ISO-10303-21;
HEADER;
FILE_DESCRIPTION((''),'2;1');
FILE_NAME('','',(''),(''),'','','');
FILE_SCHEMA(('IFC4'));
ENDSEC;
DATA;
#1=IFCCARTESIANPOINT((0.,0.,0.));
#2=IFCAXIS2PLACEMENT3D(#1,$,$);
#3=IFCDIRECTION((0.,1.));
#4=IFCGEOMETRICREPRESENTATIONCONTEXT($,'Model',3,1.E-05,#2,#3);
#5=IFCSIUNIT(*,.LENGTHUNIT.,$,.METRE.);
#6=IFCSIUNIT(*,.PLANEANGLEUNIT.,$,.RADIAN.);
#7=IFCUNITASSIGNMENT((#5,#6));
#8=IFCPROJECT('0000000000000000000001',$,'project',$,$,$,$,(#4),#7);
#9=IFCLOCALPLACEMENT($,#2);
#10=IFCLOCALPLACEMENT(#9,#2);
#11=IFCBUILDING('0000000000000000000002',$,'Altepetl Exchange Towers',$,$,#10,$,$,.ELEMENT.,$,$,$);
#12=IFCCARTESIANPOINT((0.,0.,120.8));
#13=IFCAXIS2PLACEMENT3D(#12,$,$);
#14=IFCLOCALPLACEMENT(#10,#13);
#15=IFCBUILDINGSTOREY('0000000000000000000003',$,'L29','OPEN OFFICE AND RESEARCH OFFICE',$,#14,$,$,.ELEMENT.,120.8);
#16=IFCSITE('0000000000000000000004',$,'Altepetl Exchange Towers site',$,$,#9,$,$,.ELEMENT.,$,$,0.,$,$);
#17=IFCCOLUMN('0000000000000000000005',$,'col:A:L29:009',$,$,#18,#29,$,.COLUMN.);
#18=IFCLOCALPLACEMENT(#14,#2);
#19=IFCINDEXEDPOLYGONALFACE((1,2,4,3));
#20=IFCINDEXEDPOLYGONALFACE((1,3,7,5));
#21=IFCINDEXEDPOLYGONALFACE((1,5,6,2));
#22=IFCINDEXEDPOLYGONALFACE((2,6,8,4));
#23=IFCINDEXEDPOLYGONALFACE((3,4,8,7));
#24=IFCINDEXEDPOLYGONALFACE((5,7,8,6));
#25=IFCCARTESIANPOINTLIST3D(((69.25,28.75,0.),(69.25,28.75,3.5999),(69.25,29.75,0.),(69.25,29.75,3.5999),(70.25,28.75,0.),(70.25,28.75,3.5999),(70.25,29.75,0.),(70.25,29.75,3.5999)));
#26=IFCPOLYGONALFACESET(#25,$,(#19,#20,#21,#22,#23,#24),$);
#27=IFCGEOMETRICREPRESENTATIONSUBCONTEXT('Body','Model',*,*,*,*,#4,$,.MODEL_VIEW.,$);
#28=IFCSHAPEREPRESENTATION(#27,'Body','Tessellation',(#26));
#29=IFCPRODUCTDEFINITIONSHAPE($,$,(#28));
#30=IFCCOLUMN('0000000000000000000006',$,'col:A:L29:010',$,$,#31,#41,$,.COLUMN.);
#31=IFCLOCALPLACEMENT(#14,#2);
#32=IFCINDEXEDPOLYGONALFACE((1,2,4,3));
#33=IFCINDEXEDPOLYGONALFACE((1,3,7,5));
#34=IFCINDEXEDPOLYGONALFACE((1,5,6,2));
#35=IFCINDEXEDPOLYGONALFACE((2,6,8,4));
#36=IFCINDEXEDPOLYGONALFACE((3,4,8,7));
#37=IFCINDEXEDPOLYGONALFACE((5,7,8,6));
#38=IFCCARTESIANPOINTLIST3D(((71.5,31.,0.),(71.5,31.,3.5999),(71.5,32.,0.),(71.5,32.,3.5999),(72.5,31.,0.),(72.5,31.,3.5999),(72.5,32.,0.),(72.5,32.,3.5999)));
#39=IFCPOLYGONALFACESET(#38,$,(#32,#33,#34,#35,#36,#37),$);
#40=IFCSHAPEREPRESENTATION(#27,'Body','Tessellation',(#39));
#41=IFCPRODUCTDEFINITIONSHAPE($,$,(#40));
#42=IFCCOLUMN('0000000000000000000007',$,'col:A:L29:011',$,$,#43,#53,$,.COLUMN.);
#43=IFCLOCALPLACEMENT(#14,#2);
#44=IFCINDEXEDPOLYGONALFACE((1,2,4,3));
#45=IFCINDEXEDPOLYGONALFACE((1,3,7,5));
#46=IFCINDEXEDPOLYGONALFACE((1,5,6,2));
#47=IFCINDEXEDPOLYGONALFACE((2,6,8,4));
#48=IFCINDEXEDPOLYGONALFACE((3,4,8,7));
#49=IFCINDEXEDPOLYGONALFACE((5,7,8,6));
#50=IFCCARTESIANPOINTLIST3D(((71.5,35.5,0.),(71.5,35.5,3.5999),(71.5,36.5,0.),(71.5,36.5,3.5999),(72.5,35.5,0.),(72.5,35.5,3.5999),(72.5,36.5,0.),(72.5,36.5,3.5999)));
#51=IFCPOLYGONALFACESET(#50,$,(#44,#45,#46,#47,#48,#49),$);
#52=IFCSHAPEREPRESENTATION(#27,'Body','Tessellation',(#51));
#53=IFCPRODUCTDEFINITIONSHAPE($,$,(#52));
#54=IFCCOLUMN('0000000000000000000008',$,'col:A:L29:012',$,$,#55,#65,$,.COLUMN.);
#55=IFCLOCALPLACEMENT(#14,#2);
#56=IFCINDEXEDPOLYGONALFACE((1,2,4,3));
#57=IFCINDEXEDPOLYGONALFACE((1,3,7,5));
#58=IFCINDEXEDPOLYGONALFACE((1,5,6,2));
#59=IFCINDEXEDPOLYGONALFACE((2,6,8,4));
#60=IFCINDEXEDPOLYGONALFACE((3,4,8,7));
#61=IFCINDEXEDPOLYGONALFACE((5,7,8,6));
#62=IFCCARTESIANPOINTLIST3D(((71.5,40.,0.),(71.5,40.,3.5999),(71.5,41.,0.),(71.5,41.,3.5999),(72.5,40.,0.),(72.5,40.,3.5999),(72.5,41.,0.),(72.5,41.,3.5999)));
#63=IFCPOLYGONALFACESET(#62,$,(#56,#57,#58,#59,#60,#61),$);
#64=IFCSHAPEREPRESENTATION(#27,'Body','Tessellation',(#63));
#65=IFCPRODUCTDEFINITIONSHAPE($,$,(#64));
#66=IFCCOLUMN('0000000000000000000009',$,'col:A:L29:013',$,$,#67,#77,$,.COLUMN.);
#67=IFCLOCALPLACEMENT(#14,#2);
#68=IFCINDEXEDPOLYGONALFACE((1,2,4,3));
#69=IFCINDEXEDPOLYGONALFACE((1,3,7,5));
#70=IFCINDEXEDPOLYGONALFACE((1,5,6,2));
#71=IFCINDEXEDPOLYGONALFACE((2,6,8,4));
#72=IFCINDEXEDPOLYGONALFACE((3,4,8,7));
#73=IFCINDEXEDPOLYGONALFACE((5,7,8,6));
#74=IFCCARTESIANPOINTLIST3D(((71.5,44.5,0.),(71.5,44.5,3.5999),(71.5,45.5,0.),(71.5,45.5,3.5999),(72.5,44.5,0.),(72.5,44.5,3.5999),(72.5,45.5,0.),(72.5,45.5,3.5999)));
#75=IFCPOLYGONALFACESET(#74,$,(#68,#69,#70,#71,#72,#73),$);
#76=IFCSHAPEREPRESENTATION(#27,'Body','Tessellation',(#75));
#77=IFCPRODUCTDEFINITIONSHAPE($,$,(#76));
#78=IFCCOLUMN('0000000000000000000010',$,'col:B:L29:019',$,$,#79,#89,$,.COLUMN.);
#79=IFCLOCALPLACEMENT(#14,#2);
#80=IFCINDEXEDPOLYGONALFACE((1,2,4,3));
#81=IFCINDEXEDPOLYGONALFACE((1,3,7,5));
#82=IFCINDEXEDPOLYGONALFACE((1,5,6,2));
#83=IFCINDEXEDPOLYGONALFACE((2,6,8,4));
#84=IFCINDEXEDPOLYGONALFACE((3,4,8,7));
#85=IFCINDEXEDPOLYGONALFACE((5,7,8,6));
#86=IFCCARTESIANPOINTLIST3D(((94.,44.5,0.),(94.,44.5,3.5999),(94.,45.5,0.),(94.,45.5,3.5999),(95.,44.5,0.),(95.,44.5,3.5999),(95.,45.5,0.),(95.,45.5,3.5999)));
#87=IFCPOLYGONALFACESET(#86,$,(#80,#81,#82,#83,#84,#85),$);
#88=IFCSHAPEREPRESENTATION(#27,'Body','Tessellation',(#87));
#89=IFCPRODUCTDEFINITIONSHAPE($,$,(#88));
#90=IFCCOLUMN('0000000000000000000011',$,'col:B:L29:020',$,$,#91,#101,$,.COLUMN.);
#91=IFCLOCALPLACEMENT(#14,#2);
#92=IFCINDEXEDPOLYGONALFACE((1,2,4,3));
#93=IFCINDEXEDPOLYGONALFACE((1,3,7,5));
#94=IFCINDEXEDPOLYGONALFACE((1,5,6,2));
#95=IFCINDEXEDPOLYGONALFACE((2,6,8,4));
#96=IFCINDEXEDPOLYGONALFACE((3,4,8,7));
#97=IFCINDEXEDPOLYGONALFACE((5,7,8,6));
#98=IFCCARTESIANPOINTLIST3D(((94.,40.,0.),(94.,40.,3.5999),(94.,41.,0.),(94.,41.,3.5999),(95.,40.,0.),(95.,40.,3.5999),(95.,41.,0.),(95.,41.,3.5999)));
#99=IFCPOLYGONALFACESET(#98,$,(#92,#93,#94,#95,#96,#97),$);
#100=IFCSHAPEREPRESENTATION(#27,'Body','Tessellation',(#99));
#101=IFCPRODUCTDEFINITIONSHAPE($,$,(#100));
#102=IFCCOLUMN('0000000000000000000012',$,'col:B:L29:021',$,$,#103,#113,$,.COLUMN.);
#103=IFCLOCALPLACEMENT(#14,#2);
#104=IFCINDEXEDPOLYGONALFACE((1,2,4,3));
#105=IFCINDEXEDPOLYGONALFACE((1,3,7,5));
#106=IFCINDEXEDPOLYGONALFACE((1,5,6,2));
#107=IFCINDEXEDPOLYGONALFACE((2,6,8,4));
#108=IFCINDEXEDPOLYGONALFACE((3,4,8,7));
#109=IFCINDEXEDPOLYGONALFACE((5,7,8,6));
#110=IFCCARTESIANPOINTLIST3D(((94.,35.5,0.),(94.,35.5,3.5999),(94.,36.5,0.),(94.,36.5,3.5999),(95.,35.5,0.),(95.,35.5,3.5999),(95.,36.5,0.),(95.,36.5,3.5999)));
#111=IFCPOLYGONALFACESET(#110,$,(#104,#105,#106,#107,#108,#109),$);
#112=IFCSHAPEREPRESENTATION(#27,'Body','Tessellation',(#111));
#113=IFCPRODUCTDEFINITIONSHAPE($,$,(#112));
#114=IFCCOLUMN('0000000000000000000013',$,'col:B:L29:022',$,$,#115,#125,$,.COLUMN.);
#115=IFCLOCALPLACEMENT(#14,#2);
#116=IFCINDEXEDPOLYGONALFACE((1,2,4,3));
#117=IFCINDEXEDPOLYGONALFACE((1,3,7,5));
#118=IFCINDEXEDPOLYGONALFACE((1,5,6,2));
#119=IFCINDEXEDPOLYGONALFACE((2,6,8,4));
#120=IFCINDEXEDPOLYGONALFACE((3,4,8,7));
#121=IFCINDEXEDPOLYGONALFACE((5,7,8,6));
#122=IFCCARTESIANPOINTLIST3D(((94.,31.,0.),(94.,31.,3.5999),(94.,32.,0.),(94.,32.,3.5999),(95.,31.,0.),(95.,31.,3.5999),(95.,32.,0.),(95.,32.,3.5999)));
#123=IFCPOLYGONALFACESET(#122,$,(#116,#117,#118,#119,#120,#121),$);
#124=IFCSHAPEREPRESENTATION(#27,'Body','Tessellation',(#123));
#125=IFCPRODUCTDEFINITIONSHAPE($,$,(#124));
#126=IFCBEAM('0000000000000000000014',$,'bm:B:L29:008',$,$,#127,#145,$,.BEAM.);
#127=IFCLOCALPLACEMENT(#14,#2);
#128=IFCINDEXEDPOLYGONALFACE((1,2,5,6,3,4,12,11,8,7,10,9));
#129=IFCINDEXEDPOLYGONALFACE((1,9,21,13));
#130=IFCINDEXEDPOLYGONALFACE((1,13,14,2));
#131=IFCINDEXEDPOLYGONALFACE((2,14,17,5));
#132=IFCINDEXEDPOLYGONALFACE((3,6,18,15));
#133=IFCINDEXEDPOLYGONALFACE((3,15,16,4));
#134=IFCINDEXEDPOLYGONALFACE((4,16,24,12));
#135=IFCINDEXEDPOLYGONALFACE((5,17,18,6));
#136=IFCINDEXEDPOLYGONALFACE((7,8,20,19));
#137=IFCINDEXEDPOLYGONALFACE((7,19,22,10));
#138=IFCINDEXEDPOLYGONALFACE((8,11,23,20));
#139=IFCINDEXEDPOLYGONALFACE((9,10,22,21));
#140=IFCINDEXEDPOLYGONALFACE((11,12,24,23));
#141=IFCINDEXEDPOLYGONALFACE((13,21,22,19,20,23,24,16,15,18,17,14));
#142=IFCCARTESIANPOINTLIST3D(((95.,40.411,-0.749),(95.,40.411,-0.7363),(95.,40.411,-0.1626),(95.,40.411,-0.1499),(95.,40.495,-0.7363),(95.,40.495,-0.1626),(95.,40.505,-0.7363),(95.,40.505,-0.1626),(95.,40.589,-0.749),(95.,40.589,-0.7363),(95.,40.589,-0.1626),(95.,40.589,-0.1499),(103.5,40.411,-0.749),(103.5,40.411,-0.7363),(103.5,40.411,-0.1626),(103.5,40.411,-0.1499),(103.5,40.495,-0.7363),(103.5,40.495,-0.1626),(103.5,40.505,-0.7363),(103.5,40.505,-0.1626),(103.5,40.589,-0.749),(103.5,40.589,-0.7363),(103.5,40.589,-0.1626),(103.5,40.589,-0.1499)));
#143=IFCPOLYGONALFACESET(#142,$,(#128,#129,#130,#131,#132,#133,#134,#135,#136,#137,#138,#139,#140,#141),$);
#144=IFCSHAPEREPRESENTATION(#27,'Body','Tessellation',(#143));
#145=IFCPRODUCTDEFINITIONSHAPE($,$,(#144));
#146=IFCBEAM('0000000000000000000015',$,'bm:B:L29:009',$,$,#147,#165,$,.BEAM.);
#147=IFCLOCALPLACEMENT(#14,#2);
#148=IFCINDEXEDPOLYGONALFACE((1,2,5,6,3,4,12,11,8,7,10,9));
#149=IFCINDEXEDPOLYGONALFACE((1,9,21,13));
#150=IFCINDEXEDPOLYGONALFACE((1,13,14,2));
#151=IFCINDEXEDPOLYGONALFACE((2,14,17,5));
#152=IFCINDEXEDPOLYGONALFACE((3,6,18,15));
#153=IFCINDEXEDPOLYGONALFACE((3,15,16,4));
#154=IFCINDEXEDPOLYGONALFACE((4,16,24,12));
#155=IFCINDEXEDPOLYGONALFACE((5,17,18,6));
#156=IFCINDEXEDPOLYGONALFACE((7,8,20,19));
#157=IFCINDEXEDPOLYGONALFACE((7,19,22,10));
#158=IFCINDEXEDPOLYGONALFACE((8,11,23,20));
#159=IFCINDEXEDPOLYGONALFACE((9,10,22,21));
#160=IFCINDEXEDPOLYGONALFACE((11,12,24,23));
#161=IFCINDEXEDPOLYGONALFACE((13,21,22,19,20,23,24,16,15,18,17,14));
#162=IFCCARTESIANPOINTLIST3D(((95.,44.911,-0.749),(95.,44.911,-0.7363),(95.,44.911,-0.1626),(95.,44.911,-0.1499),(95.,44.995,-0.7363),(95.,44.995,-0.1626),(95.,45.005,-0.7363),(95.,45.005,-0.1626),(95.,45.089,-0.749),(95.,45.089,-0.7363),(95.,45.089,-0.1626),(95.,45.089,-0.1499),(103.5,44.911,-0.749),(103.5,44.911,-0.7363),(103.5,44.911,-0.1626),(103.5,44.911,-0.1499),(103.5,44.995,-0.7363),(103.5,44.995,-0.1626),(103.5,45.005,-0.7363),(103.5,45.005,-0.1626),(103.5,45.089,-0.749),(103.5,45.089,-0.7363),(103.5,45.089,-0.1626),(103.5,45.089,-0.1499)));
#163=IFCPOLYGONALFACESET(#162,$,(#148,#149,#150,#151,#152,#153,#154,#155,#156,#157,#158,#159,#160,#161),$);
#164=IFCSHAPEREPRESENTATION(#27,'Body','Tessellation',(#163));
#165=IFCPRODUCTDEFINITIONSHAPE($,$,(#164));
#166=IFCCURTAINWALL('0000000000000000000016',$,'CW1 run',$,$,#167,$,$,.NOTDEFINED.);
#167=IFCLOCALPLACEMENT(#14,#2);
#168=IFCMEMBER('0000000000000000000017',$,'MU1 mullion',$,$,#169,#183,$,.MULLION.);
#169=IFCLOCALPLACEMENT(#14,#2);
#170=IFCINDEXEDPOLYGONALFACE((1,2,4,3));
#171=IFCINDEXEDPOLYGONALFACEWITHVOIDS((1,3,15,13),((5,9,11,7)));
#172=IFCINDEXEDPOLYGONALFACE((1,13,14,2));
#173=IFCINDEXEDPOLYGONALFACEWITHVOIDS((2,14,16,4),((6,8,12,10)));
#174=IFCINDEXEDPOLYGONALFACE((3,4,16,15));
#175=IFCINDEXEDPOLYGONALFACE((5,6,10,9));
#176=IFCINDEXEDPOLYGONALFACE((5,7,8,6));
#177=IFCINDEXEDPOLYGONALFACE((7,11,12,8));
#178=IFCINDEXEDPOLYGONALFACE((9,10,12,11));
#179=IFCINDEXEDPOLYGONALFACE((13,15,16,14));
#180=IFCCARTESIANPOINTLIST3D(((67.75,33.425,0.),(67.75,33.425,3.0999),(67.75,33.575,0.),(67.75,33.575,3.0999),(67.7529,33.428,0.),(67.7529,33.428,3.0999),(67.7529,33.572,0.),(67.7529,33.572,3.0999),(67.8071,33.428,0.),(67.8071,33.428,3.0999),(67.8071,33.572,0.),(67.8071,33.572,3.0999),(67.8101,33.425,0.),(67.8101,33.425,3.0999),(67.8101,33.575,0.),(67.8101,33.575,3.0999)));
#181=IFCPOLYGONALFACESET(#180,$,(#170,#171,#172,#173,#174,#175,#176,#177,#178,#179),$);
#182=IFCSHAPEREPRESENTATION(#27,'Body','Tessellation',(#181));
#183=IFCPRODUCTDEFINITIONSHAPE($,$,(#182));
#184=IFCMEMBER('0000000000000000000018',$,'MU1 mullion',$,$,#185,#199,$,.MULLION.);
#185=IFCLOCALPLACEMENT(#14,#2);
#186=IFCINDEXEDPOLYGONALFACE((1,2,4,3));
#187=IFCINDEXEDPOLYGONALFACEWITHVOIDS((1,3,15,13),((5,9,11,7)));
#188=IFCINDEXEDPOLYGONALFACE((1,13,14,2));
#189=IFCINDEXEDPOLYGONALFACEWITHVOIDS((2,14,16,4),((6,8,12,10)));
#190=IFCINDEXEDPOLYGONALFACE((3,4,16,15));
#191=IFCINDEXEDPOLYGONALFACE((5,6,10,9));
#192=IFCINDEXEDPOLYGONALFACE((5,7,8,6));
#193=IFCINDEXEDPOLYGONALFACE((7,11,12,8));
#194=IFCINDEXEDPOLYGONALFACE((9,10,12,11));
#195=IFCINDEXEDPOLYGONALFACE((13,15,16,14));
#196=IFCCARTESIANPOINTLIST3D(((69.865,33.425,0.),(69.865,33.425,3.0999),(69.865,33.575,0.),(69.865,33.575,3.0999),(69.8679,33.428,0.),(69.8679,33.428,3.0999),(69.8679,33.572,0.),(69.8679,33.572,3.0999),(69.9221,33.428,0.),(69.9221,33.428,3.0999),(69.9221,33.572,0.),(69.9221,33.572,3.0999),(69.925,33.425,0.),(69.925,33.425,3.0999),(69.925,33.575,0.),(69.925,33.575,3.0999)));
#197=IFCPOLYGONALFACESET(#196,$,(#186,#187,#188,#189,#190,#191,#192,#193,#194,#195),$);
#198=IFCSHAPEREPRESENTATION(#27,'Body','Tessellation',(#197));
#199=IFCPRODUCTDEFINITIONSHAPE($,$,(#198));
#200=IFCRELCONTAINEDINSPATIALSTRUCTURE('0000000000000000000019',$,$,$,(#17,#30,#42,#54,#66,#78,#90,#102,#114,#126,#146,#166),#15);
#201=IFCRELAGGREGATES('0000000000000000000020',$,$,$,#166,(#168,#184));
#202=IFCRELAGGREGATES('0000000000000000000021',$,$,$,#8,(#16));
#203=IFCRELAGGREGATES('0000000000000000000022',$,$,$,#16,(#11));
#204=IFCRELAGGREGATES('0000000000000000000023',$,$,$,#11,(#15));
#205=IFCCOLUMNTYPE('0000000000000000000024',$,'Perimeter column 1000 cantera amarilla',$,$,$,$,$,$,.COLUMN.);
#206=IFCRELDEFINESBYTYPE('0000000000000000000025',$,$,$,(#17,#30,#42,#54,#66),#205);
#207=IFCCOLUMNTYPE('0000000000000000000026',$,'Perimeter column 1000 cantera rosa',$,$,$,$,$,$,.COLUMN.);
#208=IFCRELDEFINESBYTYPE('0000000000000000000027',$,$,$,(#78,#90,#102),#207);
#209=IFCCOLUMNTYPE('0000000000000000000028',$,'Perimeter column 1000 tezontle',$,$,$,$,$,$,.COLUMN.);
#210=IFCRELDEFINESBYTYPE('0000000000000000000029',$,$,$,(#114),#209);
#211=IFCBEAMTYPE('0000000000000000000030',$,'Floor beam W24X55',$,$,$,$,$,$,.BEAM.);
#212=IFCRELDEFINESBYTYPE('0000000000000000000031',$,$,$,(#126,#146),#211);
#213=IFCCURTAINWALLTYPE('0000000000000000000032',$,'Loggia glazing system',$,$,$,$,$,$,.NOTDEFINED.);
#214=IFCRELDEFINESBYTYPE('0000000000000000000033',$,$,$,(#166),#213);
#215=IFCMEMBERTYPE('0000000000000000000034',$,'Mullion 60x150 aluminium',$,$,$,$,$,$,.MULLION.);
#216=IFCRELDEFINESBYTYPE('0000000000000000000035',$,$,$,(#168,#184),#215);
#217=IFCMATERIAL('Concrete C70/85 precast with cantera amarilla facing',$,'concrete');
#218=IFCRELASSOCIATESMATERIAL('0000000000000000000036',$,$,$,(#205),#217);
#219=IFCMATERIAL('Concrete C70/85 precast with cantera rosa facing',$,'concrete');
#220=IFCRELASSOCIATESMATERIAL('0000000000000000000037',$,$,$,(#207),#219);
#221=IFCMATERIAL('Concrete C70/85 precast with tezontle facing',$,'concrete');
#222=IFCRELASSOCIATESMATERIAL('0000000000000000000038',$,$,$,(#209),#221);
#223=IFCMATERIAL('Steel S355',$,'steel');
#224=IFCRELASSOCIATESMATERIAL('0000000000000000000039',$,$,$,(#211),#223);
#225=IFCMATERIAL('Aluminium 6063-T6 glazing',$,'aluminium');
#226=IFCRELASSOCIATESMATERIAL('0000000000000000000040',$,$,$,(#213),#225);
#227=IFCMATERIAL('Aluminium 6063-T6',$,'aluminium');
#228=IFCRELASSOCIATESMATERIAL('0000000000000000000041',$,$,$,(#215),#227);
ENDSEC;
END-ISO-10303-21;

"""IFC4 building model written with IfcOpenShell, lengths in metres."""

from ifc_helpers import new_model, si_unit, direction, frame, origin, origin_2d, place, context, subcontext, project, spatial, rectangle, hollow_rectangle, i_section, extrude, material, material_profile, profile_set, type_object, element, aggregate, save


model = new_model("IFC4")

# Units and contexts
model_context = context("Model", 3, precision=1e-05, world=origin(), true_north=direction((0.0, 1.0)))
body_context = subcontext(model_context, "Body", "Model", "MODEL_VIEW")
ifc_project = project(units=[si_unit("LENGTHUNIT", "METRE"), si_unit("PLANEANGLEUNIT", "RADIAN")], contexts=[model_context])

# Site, building, storey
site_placement = place(None, origin())
site = spatial("IfcSite", under=ifc_project, at=site_placement, Name="Altepetl Exchange Towers site", CompositionType="ELEMENT", RefElevation=0.0)
building_placement = place(site_placement, origin())
building = spatial("IfcBuilding", under=site, at=building_placement, Name="Altepetl Exchange Towers", CompositionType="ELEMENT")
storey_placement = place(building_placement, frame((0.0, 0.0, 120.8)))
storey = spatial("IfcBuildingStorey", under=building, at=storey_placement, Name="L29", Description="OPEN OFFICE AND RESEARCH OFFICE", CompositionType="ELEMENT", Elevation=120.8)

# Columns
ifc_material_1 = material(Name="Concrete C70/85 precast with cantera amarilla facing", Category="concrete")
ifc_material_profile_1 = material_profile(ifc_material_1, rectangle(XDim=1.0, YDim=1.0, at=origin_2d()), Name="1000 x 1000")
ifc_profile_set_1 = profile_set([ifc_material_profile_1], Name="Concrete C70/85 precast with cantera amarilla facing")
column_type_1 = type_object("IfcColumnType", Name="Perimeter column 1000 cantera amarilla", PredefinedType="COLUMN", material=ifc_profile_set_1)
for number, where, name in (
    (1, (69.75, 29.25, 0.0), "col:A:L29:009"),
    (2, (72.0, 31.5, 0.0), "col:A:L29:010"),
    (3, (72.0, 36.0, 0.0), "col:A:L29:011"),
    (4, (72.0, 40.5, 0.0), "col:A:L29:012"),
    (5, (72.0, 45.0, 0.0), "col:A:L29:013"),
):
    element("IfcColumn", number, at=place(storey_placement, frame(where)), inside=storey, type_object=column_type_1, Name=name, PredefinedType="COLUMN", context=body_context, shape_type="SweptSolid", body=[
        extrude(rectangle(XDim=1.0, YDim=1.0, at=origin_2d()), origin(), (0.0, 0.0, 1.0), 3.5999),
    ])
ifc_material_2 = material(Name="Concrete C70/85 precast with cantera rosa facing", Category="concrete")
ifc_material_profile_2 = material_profile(ifc_material_2, rectangle(XDim=1.0, YDim=1.0, at=origin_2d()), Name="1000 x 1000")
ifc_profile_set_2 = profile_set([ifc_material_profile_2], Name="Concrete C70/85 precast with cantera rosa facing")
column_type_2 = type_object("IfcColumnType", Name="Perimeter column 1000 cantera rosa", PredefinedType="COLUMN", material=ifc_profile_set_2)
for number, where, name in (
    (6, (94.5, 45.0, 0.0), "col:B:L29:019"),
    (7, (94.5, 40.5, 0.0), "col:B:L29:020"),
    (8, (94.5, 36.0, 0.0), "col:B:L29:021"),
):
    element("IfcColumn", number, at=place(storey_placement, frame(where)), inside=storey, type_object=column_type_2, Name=name, PredefinedType="COLUMN", context=body_context, shape_type="SweptSolid", body=[
        extrude(rectangle(XDim=1.0, YDim=1.0, at=origin_2d()), origin(), (0.0, 0.0, 1.0), 3.5999),
    ])
ifc_material_3 = material(Name="Concrete C70/85 precast with tezontle facing", Category="concrete")
ifc_material_profile_3 = material_profile(ifc_material_3, rectangle(XDim=1.0, YDim=1.0, at=origin_2d()), Name="1000 x 1000")
ifc_profile_set_3 = profile_set([ifc_material_profile_3], Name="Concrete C70/85 precast with tezontle facing")
column_type_3 = type_object("IfcColumnType", Name="Perimeter column 1000 tezontle", PredefinedType="COLUMN", material=ifc_profile_set_3)
column_placement = place(storey_placement, frame((94.5, 31.5, 0.0)))
element("IfcColumn", 9, at=column_placement, inside=storey, type_object=column_type_3, Name="col:B:L29:022", PredefinedType="COLUMN", context=body_context, shape_type="SweptSolid", body=[
    extrude(rectangle(XDim=1.0, YDim=1.0, at=origin_2d()), origin(), (0.0, 0.0, 1.0), 3.5999),
])

# Beams
ifc_material_4 = material(Name="Steel S355", Category="steel")
ifc_material_profile_4 = material_profile(ifc_material_4, i_section(OverallWidth=0.178, OverallDepth=0.5991, WebThickness=0.01, FlangeThickness=0.0127, at=origin_2d()), Name="W24X55")
ifc_profile_set_4 = profile_set([ifc_material_profile_4], Name="Steel S355")
beam_type_1 = type_object("IfcBeamType", Name="Floor beam W24X55", PredefinedType="BEAM", material=ifc_profile_set_4)
for number, where, z_axis, x_axis, name in (
    (10, (95.0, 40.5, -0.4495), (1.0, 0.0, 0.0), (0.0, 1.0, 0.0), "bm:B:L29:008"),
    (11, (95.0, 45.0, -0.4495), (1.0, 0.0, 0.0), (0.0, 1.0, 0.0), "bm:B:L29:009"),
):
    element("IfcBeam", number, at=place(storey_placement, frame(where, z_axis=z_axis, x_axis=x_axis)), inside=storey, type_object=beam_type_1, Name=name, PredefinedType="BEAM", context=body_context, shape_type="SweptSolid", body=[
        extrude(i_section(OverallWidth=0.178, OverallDepth=0.5991, WebThickness=0.01, FlangeThickness=0.0127, at=origin_2d()), origin(), (0.0, 0.0, 1.0), 8.5),
    ])

# Curtain wall, members
ifc_material_5 = material(Name="Aluminium 6063-T6 glazing", Category="aluminium")
curtain_wall_type = type_object("IfcCurtainWallType", Name="Loggia glazing system", PredefinedType="NOTDEFINED", material=ifc_material_5)
curtain_wall_1_placement = place(storey_placement, origin())
curtain_wall_1 = element("IfcCurtainWall", 12, at=curtain_wall_1_placement, inside=storey, type_object=curtain_wall_type, Name="CW1 run", PredefinedType="NOTDEFINED")
ifc_material_6 = material(Name="Aluminium 6063-T6", Category="aluminium")
ifc_material_profile_5 = material_profile(ifc_material_6, hollow_rectangle(XDim=0.0601, YDim=0.1499, WallThickness=0.0029, at=origin_2d()), Name="Mullion 60x150 aluminium")
ifc_profile_set_5 = profile_set([ifc_material_profile_5], Name="Aluminium 6063-T6")
member_type = type_object("IfcMemberType", Name="Mullion 60x150 aluminium", PredefinedType="MULLION", material=ifc_profile_set_5)
member_1_placement = place(storey_placement, frame((67.78, 33.5, 0.0)))
member_1 = element("IfcMember", 13, at=member_1_placement, type_object=member_type, Name="MU1 mullion", PredefinedType="MULLION", context=body_context, shape_type="SweptSolid", body=[
    extrude(hollow_rectangle(XDim=0.0601, YDim=0.1499, WallThickness=0.0029, at=origin_2d()), origin(), (0.0, 0.0, 1.0), 3.0999),
])
member_2_placement = place(storey_placement, frame((69.895, 33.5, 0.0)))
member_2 = element("IfcMember", 14, at=member_2_placement, type_object=member_type, Name="MU1 mullion", PredefinedType="MULLION", context=body_context, shape_type="SweptSolid", body=[
    extrude(hollow_rectangle(XDim=0.0601, YDim=0.1499, WallThickness=0.0029, at=origin_2d()), origin(), (0.0, 0.0, 1.0), 3.0999),
])

aggregate(curtain_wall_1, [member_1, member_2])

save(model, "model.ifc")
